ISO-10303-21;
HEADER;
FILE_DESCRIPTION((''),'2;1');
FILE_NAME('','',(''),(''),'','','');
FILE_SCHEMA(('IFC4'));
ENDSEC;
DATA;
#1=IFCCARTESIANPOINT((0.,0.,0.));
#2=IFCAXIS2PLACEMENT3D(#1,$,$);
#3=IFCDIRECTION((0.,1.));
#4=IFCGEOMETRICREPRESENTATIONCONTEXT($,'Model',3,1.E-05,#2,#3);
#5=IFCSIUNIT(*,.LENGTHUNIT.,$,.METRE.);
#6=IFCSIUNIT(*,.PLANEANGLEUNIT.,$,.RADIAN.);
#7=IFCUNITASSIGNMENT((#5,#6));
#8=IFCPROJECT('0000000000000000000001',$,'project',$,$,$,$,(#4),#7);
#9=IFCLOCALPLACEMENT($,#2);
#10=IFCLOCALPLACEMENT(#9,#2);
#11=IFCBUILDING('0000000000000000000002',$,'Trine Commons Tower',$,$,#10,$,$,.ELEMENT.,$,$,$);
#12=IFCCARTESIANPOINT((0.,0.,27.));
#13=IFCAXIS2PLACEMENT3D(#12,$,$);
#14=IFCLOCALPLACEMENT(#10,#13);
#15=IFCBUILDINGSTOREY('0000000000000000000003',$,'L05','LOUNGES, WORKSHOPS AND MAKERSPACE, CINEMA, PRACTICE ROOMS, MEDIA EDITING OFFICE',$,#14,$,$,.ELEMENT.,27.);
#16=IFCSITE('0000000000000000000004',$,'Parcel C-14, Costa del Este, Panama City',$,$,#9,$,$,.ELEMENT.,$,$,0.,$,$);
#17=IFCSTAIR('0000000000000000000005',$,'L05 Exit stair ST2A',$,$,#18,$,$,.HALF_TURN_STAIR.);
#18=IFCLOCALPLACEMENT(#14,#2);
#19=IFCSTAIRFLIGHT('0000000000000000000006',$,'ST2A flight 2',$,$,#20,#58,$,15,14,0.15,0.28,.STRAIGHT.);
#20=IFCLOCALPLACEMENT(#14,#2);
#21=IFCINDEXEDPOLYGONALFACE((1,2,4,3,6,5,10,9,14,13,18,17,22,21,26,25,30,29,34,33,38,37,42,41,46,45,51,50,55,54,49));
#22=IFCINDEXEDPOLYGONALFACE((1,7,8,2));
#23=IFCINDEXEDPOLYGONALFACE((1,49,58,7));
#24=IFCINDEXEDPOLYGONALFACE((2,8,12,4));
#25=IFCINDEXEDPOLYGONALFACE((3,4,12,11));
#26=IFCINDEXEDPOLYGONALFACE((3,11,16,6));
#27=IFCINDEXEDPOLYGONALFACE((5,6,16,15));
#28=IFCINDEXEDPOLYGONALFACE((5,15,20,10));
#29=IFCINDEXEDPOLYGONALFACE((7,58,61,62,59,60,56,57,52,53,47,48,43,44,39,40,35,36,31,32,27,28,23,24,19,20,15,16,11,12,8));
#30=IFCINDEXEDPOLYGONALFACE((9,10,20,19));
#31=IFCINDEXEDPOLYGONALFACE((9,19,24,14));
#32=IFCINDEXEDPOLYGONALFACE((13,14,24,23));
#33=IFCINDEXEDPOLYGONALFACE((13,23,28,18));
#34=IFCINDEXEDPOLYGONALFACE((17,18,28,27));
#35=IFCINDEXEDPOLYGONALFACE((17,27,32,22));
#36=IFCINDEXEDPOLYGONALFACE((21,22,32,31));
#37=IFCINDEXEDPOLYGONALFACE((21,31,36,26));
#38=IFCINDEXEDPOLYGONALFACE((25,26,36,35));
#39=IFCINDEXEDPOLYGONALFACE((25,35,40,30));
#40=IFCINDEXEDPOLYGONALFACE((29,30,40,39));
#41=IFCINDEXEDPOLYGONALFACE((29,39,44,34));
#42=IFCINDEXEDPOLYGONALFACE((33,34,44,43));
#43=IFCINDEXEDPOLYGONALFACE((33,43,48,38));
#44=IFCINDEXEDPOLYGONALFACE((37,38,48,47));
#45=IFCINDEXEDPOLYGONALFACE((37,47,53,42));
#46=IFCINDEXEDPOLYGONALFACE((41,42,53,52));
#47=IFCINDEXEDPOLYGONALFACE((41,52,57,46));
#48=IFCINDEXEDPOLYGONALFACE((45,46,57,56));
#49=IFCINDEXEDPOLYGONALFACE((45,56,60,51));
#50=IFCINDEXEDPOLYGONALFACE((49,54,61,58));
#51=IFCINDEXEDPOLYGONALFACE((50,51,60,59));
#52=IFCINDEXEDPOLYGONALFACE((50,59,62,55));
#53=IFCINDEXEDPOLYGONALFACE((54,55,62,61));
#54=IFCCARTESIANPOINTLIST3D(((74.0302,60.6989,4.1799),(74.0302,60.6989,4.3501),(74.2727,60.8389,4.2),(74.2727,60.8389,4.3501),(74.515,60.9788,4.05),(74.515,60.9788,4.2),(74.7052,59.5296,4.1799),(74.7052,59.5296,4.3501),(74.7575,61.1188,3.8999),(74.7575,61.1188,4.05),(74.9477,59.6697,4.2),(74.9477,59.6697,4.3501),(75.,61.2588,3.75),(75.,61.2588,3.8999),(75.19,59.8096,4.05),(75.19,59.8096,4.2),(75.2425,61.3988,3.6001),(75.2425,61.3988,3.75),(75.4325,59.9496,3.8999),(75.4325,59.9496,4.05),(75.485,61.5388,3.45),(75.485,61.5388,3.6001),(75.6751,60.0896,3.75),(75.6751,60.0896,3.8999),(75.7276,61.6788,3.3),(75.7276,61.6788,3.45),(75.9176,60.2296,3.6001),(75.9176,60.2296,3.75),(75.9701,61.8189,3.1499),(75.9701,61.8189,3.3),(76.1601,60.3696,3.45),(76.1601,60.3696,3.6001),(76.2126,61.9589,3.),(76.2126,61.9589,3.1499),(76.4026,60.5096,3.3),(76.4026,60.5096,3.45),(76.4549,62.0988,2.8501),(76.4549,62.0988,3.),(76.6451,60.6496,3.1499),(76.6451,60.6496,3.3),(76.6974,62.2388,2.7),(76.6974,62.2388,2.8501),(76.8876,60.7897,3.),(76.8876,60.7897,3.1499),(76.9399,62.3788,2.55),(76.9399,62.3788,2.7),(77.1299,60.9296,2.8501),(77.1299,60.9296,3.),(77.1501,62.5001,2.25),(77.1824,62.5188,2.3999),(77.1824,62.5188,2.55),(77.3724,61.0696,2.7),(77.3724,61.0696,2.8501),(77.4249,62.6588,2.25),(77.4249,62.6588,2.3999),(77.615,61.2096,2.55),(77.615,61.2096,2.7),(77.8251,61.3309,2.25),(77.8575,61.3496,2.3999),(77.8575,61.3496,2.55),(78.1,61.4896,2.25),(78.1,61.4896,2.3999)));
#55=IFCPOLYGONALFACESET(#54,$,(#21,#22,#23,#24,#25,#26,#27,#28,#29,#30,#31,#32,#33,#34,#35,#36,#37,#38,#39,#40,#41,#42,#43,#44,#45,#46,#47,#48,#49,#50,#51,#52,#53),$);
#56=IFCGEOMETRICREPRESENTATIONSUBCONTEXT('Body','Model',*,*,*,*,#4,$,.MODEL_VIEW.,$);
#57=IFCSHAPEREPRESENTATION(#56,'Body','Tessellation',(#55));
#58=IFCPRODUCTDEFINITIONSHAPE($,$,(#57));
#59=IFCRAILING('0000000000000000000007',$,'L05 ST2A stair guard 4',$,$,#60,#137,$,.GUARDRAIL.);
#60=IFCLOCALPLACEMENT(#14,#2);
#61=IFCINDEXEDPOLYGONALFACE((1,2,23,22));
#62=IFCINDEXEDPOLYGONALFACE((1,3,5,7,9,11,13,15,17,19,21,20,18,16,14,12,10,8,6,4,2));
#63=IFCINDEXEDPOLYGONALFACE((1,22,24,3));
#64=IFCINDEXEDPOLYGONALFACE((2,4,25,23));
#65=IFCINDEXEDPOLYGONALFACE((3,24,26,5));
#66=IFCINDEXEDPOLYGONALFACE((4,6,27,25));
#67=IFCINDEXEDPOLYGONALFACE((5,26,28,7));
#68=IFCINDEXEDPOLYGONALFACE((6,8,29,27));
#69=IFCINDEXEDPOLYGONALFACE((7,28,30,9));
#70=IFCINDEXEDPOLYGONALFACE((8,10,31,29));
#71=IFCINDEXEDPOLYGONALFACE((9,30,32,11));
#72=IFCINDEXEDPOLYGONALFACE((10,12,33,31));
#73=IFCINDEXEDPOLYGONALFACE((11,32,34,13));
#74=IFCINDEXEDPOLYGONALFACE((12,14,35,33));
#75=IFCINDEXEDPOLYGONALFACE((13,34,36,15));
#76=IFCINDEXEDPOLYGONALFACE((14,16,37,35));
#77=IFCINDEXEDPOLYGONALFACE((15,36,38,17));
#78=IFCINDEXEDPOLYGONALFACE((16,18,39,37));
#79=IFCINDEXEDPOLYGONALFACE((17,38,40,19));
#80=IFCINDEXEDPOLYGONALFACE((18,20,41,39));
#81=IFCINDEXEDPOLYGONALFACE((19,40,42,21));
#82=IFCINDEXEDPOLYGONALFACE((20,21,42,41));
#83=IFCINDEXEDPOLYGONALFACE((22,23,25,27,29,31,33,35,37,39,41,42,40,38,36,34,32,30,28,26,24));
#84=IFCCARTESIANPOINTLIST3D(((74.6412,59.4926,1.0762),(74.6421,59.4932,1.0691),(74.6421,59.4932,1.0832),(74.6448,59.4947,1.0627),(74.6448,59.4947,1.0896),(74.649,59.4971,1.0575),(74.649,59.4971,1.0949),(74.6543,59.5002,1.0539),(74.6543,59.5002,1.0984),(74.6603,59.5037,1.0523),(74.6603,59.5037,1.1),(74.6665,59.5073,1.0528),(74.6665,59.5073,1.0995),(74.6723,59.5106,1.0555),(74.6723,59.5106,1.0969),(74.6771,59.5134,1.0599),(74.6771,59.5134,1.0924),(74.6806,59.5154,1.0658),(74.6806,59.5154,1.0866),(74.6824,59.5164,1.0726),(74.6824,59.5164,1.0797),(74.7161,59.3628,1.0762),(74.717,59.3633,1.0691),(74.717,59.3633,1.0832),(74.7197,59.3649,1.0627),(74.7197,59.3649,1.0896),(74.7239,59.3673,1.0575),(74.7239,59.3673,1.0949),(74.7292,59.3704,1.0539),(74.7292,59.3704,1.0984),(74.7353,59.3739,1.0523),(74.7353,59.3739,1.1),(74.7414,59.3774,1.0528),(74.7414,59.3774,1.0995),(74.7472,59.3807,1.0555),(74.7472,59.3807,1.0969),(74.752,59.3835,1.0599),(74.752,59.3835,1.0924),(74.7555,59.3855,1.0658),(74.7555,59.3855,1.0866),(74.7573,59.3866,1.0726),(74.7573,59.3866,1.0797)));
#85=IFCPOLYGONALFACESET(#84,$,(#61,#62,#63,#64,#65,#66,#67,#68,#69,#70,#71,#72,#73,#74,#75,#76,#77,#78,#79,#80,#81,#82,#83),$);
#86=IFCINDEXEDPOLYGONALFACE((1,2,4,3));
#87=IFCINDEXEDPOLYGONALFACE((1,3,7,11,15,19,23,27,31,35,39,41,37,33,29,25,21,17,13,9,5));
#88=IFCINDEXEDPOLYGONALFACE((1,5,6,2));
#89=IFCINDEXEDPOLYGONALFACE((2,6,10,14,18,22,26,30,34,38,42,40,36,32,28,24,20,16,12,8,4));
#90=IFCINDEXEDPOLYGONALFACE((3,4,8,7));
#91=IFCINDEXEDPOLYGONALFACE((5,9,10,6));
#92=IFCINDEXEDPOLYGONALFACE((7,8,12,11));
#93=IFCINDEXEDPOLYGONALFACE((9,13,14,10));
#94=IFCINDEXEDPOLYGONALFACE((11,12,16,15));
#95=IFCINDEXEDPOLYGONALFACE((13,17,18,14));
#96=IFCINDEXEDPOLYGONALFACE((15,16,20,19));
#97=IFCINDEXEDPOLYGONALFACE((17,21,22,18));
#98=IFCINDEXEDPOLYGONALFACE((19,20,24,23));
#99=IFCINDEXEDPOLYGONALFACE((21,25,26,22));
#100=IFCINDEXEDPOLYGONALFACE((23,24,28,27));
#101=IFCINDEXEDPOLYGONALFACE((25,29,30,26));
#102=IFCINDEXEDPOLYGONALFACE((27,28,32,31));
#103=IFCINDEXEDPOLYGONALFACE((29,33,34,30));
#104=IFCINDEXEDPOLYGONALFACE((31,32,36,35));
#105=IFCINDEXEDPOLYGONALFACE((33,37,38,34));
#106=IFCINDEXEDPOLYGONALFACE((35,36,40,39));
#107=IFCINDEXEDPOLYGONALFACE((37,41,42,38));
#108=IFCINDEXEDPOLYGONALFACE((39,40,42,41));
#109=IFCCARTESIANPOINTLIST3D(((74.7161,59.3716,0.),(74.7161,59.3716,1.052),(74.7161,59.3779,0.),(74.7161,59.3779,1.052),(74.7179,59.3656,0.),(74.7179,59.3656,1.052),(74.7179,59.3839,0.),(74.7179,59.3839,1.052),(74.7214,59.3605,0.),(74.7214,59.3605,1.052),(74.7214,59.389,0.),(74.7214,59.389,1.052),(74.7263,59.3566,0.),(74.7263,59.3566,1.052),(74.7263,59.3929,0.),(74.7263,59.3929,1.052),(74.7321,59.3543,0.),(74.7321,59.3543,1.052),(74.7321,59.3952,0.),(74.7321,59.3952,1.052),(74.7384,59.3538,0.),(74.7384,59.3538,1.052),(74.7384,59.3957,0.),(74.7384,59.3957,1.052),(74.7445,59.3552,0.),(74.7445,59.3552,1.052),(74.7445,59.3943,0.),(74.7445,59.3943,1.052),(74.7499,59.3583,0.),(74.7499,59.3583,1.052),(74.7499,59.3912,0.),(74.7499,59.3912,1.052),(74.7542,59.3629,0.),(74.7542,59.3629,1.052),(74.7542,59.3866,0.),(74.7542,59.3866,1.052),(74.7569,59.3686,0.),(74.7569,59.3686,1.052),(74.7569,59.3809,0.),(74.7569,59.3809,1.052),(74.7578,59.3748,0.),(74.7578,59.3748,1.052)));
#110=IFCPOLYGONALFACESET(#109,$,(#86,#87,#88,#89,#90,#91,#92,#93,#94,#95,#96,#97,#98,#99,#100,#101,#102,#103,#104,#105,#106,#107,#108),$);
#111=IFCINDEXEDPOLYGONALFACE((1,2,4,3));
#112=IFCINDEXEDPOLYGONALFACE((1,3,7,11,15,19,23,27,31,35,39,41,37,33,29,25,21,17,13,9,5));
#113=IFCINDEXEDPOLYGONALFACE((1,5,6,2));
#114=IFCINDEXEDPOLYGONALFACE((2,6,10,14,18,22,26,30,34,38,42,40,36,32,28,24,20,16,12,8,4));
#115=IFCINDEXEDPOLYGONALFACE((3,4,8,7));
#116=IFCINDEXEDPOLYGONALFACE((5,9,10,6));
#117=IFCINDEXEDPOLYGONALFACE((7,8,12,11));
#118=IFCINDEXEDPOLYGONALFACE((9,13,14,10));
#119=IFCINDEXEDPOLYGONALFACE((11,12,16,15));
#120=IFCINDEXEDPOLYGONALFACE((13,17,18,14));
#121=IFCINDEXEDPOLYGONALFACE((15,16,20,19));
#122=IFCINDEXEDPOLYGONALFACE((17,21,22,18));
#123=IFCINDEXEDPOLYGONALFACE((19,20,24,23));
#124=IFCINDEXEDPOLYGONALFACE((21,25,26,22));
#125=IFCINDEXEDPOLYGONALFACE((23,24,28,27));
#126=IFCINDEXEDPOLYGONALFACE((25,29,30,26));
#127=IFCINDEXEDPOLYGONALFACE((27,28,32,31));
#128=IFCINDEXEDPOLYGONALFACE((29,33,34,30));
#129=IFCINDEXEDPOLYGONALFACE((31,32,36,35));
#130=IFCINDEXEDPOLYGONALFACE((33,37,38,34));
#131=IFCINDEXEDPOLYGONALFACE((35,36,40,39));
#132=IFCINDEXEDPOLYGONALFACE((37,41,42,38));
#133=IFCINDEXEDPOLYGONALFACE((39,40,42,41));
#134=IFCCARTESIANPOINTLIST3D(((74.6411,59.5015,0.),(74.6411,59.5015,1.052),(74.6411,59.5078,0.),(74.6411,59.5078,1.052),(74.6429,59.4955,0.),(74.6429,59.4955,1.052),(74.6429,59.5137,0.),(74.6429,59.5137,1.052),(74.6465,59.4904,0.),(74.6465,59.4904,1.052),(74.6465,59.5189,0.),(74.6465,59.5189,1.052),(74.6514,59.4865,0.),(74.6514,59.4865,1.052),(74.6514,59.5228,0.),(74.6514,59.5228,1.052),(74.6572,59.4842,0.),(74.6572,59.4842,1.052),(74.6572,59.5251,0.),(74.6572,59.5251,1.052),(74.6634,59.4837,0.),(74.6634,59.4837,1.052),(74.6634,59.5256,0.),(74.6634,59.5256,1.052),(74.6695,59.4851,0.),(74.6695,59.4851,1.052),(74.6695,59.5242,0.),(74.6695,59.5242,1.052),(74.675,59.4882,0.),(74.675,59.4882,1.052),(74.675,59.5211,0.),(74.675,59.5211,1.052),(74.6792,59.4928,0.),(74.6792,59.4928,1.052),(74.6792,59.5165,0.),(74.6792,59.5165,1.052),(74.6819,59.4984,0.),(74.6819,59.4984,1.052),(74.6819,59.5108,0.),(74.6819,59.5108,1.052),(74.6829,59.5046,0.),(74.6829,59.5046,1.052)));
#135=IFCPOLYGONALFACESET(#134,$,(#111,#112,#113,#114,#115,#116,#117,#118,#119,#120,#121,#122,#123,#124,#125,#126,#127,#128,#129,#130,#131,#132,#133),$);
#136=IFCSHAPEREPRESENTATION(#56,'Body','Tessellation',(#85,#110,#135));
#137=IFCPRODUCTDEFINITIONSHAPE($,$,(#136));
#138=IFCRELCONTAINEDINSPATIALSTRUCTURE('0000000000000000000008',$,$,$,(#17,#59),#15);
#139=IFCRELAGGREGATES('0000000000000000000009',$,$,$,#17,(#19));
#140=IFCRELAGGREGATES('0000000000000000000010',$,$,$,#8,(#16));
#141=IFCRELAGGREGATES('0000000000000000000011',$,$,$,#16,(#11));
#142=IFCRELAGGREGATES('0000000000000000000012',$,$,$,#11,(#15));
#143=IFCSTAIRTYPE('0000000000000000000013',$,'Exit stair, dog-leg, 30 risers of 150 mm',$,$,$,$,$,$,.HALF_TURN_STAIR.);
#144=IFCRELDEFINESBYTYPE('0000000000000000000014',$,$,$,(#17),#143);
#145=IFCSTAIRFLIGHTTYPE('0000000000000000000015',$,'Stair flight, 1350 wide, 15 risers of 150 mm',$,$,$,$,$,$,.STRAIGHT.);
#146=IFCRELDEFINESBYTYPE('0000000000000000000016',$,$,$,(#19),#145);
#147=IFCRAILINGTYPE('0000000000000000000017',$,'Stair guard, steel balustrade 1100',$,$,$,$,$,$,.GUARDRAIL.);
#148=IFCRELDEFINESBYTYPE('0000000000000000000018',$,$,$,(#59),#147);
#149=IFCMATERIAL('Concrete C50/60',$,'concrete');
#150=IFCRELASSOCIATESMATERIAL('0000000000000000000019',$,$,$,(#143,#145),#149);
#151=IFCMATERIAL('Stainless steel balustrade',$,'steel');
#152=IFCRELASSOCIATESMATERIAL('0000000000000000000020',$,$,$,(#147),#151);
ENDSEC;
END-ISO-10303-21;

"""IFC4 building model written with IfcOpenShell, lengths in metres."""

from ifc_helpers import new_model, si_unit, direction, frame, origin, origin_2d, place, context, subcontext, project, spatial, polyline, circle, outline, extrude, material, type_object, element, aggregate, save


model = new_model("IFC4")

# Units and contexts
model_context = context("Model", 3, precision=1e-05, world=origin(), true_north=direction((0.0, 1.0)))
body_context = subcontext(model_context, "Body", "Model", "MODEL_VIEW")
ifc_project = project(units=[si_unit("LENGTHUNIT", "METRE"), si_unit("PLANEANGLEUNIT", "RADIAN")], contexts=[model_context])

# Site, building, storey
site_placement = place(None, origin())
site = spatial("IfcSite", under=ifc_project, at=site_placement, Name="Parcel C-14, Costa del Este, Panama City", CompositionType="ELEMENT", RefElevation=0.0)
building_placement = place(site_placement, origin())
building = spatial("IfcBuilding", under=site, at=building_placement, Name="Trine Commons Tower", CompositionType="ELEMENT")
storey_placement = place(building_placement, frame((0.0, 0.0, 27.0)))
storey = spatial("IfcBuildingStorey", under=building, at=storey_placement, Name="L05", Description="LOUNGES, WORKSHOPS AND MAKERSPACE, CINEMA, PRACTICE ROOMS, MEDIA EDITING OFFICE", CompositionType="ELEMENT", Elevation=27.0)

# Stair, stair flight
ifc_material_1 = material(Name="Concrete C50/60", Category="concrete")
stair_type = type_object("IfcStairType", Name="Exit stair, dog-leg, 30 risers of 150 mm", PredefinedType="HALF_TURN_STAIR", material=ifc_material_1)
stair_placement = place(storey_placement, origin())
stair = element("IfcStair", 1, at=stair_placement, inside=storey, type_object=stair_type, Name="L05 Exit stair ST2A", PredefinedType="HALF_TURN_STAIR")
stair_flight_type = type_object("IfcStairFlightType", Name="Stair flight, 1350 wide, 15 risers of 150 mm", PredefinedType="STRAIGHT", material=ifc_material_1)
stair_flight_1_placement = place(storey_placement, frame((77.7625, 62.0742, 2.25), z_axis=(0.0, 0.0, 1.0), x_axis=(-0.866025, -0.5, 0.0)))
stair_flight_1 = element("IfcStairFlight", 2, at=stair_flight_1_placement, type_object=stair_flight_type, Name="ST2A flight 2", NumberOfRisers=15, NumberOfTreads=14, PredefinedType="STRAIGHT", RiserHeight=0.15, TreadLength=0.28, context=body_context, shape_type="SweptSolid", body=[
    extrude(outline(polyline([(0.0, 0.0), (0.0, 0.1499), (0.28, 0.1499), (0.28, 0.3), (0.5601, 0.3), (0.5601, 0.45), (0.8401, 0.45), (0.8401, 0.6001), (1.1201, 0.6001), (1.1201, 0.75), (1.3999, 0.75), (1.3999, 0.8999), (1.6799, 0.8999), (1.6799, 1.05), (1.96, 1.05), (1.96, 1.2), (2.24, 1.2), (2.24, 1.3501), (2.52, 1.3501), (2.52, 1.5), (2.8, 1.5), (2.8, 1.6499), (3.0801, 1.6499), (3.0801, 1.8), (3.3601, 1.8), (3.3601, 1.95), (3.6399, 1.95), (3.6399, 2.1001), (3.9199, 2.1001), (3.9199, 2.25), (3.9199, 1.9299), (0.3174, 0.0), (0.0, 0.0)])), frame((0.0, 0.675, 0.0), z_axis=(0.0, -1.0, 0.0), x_axis=(1.0, 0.0, 0.0)), (0.0, 0.0, 1.0), 1.3501),
])
aggregate(stair, [stair_flight_1])

# Railing
ifc_material_2 = material(Name="Stainless steel balustrade", Category="steel")
railing_type_1 = type_object("IfcRailingType", Name="Stair guard, steel balustrade 1100", PredefinedType="GUARDRAIL", material=ifc_material_2)
railing_1_placement = place(storey_placement, frame((74.7368, 59.3748, 0.0)))
element("IfcRailing", 3, at=railing_1_placement, inside=storey, type_object=railing_type_1, Name="L05 ST2A stair guard 4", PredefinedType="GUARDRAIL", context=body_context, shape_type="SweptSolid", body=[
    extrude(circle(Radius=0.0239, at=origin_2d()), frame((0.0, 0.0, 1.0762), z_axis=(-0.499816, 0.866131, 0.0), x_axis=(-0.866131, -0.499816, 0.0)), (0.0, 0.0, 1.0), 0.1499),
    extrude(circle(Radius=0.021, at=origin_2d()), origin(), (0.0, 0.0, 1.0), 1.052),
    extrude(circle(Radius=0.021, at=origin_2d()), frame((-0.075, 0.1299, 0.0)), (0.0, 0.0, 1.0), 1.052),
])

save(model, "model.ifc")
